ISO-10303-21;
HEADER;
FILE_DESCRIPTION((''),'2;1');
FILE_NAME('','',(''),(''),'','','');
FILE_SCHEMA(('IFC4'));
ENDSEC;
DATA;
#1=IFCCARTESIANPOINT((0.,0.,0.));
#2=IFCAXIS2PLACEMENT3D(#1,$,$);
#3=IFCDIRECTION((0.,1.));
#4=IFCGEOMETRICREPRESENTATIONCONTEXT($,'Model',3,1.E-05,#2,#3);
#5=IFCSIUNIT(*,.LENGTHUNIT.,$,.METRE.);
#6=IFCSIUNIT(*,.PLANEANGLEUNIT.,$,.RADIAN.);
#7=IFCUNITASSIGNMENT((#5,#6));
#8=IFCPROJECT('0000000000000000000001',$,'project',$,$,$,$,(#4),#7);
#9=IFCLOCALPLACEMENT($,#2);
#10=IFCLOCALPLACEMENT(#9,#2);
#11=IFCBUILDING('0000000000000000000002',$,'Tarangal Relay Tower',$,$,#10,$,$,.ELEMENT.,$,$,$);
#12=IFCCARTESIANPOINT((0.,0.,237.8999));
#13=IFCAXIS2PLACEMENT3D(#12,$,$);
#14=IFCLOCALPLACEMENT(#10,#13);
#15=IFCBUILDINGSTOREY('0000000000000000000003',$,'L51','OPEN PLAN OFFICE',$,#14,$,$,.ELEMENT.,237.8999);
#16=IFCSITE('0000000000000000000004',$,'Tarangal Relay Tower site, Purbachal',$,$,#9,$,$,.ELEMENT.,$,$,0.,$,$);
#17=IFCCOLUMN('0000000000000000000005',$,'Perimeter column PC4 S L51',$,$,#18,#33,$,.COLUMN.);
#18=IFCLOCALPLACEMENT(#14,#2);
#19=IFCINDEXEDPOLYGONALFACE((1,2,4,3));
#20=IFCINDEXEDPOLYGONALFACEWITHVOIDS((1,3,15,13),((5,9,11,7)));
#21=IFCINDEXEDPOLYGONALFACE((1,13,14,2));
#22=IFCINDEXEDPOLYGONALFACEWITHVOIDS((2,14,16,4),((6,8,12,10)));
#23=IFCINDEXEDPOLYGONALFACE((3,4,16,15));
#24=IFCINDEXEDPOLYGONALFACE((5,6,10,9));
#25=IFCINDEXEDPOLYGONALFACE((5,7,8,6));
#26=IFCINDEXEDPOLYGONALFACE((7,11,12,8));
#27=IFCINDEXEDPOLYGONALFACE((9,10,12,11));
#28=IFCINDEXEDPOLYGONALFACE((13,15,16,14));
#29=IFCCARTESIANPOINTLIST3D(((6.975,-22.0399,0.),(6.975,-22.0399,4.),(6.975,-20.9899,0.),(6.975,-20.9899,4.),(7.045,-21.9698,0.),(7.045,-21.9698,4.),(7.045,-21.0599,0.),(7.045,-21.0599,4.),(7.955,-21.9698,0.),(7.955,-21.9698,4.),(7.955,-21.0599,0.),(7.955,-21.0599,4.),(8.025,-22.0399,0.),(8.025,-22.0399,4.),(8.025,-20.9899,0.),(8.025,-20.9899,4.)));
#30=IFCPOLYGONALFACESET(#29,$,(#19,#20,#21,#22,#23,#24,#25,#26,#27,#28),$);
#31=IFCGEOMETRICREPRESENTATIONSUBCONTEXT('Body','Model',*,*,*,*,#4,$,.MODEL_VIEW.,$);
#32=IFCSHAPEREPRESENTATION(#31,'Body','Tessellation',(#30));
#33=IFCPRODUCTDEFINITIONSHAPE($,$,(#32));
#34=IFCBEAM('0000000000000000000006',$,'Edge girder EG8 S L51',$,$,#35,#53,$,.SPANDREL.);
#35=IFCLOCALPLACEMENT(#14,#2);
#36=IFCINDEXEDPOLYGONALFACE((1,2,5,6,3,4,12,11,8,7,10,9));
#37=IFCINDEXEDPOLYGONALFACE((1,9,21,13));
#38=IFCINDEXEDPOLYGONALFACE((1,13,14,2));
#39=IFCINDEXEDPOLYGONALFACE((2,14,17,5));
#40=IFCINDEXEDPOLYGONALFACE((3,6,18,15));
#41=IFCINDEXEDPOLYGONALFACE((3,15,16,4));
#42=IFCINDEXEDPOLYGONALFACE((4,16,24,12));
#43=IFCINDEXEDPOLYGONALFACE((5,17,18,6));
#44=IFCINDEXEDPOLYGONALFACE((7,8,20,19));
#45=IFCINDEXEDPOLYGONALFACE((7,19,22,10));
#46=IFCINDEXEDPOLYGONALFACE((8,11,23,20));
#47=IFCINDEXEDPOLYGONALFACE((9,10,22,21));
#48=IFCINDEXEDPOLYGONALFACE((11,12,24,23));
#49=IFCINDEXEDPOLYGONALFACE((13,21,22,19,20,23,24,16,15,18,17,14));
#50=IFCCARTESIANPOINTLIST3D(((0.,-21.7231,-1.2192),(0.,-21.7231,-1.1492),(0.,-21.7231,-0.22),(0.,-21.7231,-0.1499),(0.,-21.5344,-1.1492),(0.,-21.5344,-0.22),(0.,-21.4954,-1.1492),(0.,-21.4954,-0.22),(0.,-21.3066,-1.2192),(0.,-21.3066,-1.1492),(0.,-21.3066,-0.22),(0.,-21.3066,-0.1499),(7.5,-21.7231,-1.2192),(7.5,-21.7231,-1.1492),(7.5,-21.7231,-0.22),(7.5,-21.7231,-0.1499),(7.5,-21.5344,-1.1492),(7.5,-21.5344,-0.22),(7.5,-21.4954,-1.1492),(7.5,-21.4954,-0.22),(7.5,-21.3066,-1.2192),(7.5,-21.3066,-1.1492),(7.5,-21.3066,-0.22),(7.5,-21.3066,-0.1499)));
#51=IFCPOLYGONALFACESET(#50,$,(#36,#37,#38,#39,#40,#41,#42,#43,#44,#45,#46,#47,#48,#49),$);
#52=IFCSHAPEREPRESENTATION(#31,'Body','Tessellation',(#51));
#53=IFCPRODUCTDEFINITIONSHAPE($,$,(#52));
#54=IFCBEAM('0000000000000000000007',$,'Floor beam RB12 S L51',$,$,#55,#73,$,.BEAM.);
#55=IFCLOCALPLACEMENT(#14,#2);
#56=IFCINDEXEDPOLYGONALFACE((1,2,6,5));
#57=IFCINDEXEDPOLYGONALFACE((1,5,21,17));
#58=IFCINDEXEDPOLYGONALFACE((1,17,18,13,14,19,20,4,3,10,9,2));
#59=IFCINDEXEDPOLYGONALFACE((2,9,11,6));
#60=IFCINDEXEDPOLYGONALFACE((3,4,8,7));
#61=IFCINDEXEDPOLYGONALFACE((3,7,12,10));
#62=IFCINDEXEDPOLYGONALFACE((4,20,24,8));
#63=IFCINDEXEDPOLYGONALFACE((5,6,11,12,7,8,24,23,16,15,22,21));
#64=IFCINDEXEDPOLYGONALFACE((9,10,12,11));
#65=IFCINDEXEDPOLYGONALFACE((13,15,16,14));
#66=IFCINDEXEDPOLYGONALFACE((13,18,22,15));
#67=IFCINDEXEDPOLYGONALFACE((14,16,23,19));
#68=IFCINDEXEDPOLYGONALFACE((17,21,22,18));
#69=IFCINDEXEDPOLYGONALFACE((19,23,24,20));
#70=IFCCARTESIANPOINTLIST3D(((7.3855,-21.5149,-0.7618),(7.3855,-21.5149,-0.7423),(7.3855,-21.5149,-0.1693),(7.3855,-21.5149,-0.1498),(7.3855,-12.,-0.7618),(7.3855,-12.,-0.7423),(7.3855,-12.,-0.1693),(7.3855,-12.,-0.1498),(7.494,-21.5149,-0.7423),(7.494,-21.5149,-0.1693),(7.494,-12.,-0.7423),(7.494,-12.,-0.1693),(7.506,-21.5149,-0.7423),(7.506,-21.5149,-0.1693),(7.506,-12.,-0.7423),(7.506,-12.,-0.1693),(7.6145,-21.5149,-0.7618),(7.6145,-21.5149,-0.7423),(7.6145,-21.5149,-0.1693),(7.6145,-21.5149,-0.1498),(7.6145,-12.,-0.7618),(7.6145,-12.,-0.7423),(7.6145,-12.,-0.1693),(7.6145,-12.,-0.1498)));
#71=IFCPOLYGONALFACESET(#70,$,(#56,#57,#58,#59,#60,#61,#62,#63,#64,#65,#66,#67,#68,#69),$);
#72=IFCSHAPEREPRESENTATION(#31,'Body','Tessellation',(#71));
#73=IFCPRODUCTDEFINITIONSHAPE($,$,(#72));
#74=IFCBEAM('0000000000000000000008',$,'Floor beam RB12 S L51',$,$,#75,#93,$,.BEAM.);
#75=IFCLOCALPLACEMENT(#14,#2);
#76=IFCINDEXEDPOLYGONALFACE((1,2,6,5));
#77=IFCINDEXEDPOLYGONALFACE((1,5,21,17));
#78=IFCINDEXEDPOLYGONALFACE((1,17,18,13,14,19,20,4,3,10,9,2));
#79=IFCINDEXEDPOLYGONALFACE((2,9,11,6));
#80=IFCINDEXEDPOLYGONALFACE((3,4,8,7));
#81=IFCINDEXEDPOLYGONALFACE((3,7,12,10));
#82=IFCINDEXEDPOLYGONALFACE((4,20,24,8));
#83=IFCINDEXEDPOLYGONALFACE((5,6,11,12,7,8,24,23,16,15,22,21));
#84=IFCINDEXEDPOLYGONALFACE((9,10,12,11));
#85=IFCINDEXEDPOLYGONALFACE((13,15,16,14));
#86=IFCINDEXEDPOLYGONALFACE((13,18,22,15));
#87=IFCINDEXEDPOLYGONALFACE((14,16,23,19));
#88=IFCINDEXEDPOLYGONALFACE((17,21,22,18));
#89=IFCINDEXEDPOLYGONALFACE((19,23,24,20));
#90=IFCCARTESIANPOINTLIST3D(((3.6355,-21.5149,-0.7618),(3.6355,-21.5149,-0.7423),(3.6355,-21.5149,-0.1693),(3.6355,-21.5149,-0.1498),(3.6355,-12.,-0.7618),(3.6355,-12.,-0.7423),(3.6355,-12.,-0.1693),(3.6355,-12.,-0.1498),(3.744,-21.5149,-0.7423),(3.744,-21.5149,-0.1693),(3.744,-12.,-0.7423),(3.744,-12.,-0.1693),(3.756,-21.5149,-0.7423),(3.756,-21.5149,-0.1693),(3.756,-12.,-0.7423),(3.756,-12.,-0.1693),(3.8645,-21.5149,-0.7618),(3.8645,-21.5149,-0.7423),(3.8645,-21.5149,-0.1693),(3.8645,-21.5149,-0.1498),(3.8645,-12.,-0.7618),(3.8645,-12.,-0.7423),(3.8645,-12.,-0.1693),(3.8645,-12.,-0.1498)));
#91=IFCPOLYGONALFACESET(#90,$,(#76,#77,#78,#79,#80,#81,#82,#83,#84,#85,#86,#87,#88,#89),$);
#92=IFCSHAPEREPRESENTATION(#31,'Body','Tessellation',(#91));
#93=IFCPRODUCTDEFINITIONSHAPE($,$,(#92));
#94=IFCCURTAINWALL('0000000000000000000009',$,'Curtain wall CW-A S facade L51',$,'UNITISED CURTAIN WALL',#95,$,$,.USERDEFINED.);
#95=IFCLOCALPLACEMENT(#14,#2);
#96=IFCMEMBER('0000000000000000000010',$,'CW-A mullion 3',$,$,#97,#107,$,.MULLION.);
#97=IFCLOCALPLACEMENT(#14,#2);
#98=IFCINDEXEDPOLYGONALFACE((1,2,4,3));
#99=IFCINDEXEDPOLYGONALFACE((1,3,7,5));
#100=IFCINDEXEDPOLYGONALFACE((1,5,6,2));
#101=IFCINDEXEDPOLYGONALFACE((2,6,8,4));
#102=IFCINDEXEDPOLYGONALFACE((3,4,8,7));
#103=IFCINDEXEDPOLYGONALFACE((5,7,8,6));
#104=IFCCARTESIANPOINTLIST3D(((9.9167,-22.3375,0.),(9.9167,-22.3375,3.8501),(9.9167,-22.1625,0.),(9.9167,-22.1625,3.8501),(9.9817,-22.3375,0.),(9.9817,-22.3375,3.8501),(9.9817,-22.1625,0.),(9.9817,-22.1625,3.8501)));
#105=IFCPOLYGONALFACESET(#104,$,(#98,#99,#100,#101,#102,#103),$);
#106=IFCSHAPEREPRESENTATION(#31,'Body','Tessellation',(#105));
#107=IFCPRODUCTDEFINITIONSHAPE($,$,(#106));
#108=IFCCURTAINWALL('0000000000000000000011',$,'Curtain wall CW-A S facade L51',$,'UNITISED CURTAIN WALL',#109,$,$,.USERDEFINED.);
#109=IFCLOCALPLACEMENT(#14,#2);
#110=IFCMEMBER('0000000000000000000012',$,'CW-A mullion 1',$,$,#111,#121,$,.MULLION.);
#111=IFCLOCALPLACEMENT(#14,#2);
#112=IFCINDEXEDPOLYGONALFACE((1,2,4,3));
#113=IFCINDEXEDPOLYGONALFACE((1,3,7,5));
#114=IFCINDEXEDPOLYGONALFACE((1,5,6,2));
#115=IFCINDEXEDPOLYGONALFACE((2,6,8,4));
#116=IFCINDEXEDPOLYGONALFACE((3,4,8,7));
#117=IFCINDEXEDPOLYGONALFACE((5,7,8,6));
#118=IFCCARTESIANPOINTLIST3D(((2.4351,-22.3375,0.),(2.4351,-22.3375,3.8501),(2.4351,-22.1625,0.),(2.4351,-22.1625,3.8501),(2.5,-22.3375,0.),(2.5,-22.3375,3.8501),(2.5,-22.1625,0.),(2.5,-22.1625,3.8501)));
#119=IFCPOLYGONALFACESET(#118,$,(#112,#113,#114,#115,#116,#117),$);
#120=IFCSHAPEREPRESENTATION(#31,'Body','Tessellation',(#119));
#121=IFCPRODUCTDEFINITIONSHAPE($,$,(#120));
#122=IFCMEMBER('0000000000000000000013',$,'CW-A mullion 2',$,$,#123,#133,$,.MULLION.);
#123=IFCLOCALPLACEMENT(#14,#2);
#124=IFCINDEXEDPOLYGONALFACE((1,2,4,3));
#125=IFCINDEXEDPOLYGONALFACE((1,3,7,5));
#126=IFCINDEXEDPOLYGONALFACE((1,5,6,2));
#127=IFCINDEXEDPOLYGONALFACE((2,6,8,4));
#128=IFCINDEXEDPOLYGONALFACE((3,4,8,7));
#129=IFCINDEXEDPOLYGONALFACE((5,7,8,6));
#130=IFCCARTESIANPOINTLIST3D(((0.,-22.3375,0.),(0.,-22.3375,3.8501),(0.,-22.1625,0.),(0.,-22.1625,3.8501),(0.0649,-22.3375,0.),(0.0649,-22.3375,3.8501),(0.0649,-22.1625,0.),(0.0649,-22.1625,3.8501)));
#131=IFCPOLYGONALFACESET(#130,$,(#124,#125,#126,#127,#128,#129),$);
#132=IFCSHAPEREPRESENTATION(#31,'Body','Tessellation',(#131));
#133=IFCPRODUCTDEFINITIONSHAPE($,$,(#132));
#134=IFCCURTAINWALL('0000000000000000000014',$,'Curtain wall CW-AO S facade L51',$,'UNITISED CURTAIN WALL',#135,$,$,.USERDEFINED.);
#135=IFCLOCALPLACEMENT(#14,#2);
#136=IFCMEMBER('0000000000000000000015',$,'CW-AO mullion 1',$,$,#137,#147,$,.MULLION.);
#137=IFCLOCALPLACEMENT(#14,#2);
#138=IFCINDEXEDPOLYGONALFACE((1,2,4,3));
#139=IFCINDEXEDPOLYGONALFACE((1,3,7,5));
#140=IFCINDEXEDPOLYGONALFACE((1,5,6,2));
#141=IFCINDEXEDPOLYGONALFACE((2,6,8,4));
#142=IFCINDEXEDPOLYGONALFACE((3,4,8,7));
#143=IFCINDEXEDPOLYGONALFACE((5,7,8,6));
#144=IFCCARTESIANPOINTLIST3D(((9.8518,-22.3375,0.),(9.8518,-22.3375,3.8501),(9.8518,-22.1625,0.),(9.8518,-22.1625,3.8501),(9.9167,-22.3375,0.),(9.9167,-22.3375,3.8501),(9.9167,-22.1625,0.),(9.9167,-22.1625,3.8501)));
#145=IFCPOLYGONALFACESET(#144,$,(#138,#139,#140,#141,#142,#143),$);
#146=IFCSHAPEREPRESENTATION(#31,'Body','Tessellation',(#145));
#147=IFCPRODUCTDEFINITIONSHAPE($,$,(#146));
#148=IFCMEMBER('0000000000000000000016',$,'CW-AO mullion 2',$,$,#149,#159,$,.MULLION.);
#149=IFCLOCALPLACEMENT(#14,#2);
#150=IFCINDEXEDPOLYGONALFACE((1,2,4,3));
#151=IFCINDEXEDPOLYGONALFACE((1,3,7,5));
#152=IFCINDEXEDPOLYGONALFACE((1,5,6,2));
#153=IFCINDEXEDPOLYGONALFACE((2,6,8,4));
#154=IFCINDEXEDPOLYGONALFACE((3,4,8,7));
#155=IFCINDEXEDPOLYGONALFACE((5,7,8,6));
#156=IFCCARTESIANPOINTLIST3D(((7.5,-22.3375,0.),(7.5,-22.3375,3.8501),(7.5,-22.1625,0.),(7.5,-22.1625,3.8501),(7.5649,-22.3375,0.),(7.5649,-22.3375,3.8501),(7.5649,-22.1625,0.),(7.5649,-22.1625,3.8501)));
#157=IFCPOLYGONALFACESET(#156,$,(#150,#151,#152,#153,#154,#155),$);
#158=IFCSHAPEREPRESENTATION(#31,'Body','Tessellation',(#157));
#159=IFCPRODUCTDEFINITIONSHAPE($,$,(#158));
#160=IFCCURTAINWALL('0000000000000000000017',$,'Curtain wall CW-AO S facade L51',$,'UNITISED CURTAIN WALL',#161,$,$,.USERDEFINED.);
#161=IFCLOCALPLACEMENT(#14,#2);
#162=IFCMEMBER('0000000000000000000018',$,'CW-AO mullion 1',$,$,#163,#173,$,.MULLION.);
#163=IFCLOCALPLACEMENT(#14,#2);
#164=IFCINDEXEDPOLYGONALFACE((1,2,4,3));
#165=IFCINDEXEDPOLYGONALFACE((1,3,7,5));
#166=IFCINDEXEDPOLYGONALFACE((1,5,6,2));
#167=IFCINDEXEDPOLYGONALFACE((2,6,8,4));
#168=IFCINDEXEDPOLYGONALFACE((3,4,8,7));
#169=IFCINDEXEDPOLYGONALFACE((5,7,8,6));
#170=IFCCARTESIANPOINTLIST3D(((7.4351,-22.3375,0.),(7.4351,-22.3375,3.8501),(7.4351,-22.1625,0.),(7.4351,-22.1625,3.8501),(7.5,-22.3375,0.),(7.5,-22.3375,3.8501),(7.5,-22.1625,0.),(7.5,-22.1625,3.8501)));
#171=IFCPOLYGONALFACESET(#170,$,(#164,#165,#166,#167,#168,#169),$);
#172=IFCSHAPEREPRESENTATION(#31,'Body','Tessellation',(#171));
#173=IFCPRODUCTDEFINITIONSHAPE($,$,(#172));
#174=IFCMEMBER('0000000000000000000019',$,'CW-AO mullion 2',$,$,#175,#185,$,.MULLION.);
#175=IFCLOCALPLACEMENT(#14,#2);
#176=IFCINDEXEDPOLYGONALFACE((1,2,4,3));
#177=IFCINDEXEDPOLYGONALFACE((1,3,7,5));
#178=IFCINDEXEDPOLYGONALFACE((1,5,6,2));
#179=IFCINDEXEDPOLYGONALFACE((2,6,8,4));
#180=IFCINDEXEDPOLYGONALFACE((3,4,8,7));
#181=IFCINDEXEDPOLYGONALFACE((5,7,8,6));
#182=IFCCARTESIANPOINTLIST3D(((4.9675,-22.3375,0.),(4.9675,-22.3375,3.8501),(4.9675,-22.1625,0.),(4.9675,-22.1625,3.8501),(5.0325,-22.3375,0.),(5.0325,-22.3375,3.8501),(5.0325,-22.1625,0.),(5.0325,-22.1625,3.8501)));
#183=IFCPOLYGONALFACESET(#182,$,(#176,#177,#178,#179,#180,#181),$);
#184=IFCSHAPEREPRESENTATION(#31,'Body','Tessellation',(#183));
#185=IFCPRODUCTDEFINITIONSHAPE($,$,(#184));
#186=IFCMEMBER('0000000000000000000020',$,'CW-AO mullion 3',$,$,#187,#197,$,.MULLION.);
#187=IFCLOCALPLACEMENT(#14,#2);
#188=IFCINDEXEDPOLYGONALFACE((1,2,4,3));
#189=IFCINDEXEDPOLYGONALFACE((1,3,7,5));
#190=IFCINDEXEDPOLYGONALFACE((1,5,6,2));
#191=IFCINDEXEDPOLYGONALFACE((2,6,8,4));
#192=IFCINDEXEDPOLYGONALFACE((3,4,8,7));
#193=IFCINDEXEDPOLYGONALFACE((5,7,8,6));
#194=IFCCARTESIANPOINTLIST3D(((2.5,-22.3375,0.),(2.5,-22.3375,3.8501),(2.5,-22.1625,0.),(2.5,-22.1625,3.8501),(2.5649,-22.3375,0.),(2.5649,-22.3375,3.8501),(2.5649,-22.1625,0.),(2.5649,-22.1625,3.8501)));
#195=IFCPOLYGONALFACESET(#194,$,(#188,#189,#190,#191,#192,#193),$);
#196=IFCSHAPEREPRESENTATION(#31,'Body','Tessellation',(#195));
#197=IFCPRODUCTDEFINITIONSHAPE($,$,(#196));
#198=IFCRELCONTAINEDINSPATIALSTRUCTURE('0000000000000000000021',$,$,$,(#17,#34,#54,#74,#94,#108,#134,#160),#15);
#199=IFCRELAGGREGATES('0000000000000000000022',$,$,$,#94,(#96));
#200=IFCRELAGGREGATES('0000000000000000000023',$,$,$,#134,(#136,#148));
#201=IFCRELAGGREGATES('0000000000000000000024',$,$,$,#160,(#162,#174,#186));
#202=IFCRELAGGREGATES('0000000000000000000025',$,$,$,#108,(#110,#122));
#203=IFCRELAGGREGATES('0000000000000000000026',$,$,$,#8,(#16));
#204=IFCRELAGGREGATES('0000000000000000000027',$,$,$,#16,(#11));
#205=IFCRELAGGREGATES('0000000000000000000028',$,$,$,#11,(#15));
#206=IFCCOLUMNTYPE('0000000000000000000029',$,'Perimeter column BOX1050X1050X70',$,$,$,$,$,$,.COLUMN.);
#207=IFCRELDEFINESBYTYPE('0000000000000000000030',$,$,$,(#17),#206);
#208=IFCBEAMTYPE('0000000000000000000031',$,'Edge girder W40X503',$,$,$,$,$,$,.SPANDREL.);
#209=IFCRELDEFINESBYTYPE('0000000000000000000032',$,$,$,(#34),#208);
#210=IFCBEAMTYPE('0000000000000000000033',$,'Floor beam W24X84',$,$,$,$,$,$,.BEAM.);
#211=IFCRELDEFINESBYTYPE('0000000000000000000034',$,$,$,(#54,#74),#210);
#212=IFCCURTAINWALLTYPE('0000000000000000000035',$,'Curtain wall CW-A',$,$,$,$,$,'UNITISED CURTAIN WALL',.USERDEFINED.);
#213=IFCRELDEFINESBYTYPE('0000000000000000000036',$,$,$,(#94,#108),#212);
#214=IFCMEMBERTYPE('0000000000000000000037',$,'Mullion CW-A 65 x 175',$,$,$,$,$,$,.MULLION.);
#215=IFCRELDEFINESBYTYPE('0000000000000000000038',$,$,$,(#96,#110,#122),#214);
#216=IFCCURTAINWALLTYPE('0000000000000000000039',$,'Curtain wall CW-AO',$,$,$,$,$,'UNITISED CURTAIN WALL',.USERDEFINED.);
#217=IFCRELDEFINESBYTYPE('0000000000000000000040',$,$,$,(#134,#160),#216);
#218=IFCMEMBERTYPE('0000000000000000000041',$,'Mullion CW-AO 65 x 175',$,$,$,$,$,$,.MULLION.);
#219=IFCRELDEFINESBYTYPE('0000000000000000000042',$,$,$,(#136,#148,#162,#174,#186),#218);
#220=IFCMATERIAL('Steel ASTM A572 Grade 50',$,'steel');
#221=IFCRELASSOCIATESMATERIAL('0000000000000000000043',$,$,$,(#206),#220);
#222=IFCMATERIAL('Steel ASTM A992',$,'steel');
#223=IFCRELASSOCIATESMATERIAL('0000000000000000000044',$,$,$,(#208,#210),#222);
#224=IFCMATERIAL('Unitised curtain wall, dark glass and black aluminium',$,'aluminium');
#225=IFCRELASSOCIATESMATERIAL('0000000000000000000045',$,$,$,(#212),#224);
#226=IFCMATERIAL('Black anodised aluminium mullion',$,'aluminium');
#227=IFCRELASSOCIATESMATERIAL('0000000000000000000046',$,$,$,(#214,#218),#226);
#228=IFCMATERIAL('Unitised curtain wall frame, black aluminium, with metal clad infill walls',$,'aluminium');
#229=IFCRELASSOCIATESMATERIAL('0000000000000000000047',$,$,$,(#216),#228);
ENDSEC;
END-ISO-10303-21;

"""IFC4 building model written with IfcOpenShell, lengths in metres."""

from ifc_helpers import new_model, si_unit, direction, frame, origin, origin_2d, place, context, subcontext, project, spatial, rectangle, hollow_rectangle, i_section, extrude, material, material_profile, profile_set, type_object, element, aggregate, save


model = new_model("IFC4")

# Units and contexts
model_context = context("Model", 3, precision=1e-05, world=origin(), true_north=direction((0.0, 1.0)))
body_context = subcontext(model_context, "Body", "Model", "MODEL_VIEW")
ifc_project = project(units=[si_unit("LENGTHUNIT", "METRE"), si_unit("PLANEANGLEUNIT", "RADIAN")], contexts=[model_context])

# Site, building, storey
site_placement = place(None, origin())
site = spatial("IfcSite", under=ifc_project, at=site_placement, Name="Tarangal Relay Tower site, Purbachal", CompositionType="ELEMENT", RefElevation=0.0)
building_placement = place(site_placement, origin())
building = spatial("IfcBuilding", under=site, at=building_placement, Name="Tarangal Relay Tower", CompositionType="ELEMENT")
storey_placement = place(building_placement, frame((0.0, 0.0, 237.8999)))
storey = spatial("IfcBuildingStorey", under=building, at=storey_placement, Name="L51", Description="OPEN PLAN OFFICE", CompositionType="ELEMENT", Elevation=237.8999)

# Column
ifc_material_1 = material(Name="Steel ASTM A572 Grade 50", Category="steel")
ifc_material_profile_1 = material_profile(ifc_material_1, hollow_rectangle(XDim=1.05, YDim=1.05, WallThickness=0.0701, at=origin_2d()), Name="BOX1050X1050X70")
ifc_profile_set_1 = profile_set([ifc_material_profile_1], Name="Steel ASTM A572 Grade 50")
column_type = type_object("IfcColumnType", Name="Perimeter column BOX1050X1050X70", PredefinedType="COLUMN", material=ifc_profile_set_1)
column_placement = place(storey_placement, frame((7.5, -21.5149, 0.0), z_axis=(0.0, 0.0, 1.0), x_axis=(1.0, 0.0, 0.0)))
element("IfcColumn", 1, at=column_placement, inside=storey, type_object=column_type, Name="Perimeter column PC4 S L51", PredefinedType="COLUMN", context=body_context, shape_type="SweptSolid", body=[
    extrude(hollow_rectangle(XDim=1.05, YDim=1.05, WallThickness=0.0701, at=origin_2d()), origin(), (0.0, 0.0, 1.0), 4.0),
])

# Beams
ifc_material_2 = material(Name="Steel ASTM A992", Category="steel")
ifc_material_profile_2 = material_profile(ifc_material_2, i_section(OverallWidth=0.4165, OverallDepth=1.0693, WebThickness=0.0391, FlangeThickness=0.0701, at=origin_2d()), Name="W40X503")
ifc_profile_set_2 = profile_set([ifc_material_profile_2], Name="Steel ASTM A992")
beam_type_1 = type_object("IfcBeamType", Name="Edge girder W40X503", PredefinedType="SPANDREL", material=ifc_profile_set_2)
beam_placement = place(storey_placement, frame((7.5, -21.5149, -0.6846), z_axis=(-1.0, 0.0, 0.0), x_axis=(0.0, -1.0, 0.0)))
element("IfcBeam", 2, at=beam_placement, inside=storey, type_object=beam_type_1, Name="Edge girder EG8 S L51", PredefinedType="SPANDREL", context=body_context, shape_type="SweptSolid", body=[
    extrude(i_section(OverallWidth=0.4165, OverallDepth=1.0693, WebThickness=0.0391, FlangeThickness=0.0701, at=origin_2d()), origin(), (0.0, 0.0, 1.0), 7.5),
])
ifc_material_profile_3 = material_profile(ifc_material_2, i_section(OverallWidth=0.229, OverallDepth=0.6121, WebThickness=0.012, FlangeThickness=0.0195, at=origin_2d()), Name="W24X84")
ifc_profile_set_3 = profile_set([ifc_material_profile_3], Name="Steel ASTM A992")
beam_type_2 = type_object("IfcBeamType", Name="Floor beam W24X84", PredefinedType="BEAM", material=ifc_profile_set_3)
for number, where, z_axis, x_axis, name in (
    (3, (7.5, -12.0, -0.4558), (0.0, -1.0, 0.0), (1.0, 0.0, 0.0), "Floor beam RB12 S L51"),
    (4, (3.75, -12.0, -0.4558), (0.0, -1.0, 0.0), (1.0, 0.0, 0.0), "Floor beam RB12 S L51"),
):
    element("IfcBeam", number, at=place(storey_placement, frame(where, z_axis=z_axis, x_axis=x_axis)), inside=storey, type_object=beam_type_2, Name=name, PredefinedType="BEAM", context=body_context, shape_type="SweptSolid", body=[
        extrude(i_section(OverallWidth=0.229, OverallDepth=0.6121, WebThickness=0.012, FlangeThickness=0.0195, at=origin_2d()), origin(), (0.0, 0.0, 1.0), 9.5149),
    ])

# Curtain wall, member
ifc_material_3 = material(Name="Unitised curtain wall, dark glass and black aluminium", Category="aluminium")
curtain_wall_type_1 = type_object("IfcCurtainWallType", Name="Curtain wall CW-A", ElementType="UNITISED CURTAIN WALL", PredefinedType="USERDEFINED", material=ifc_material_3)
curtain_wall_1_placement = place(storey_placement, origin())
curtain_wall_1 = element("IfcCurtainWall", 5, at=curtain_wall_1_placement, inside=storey, type_object=curtain_wall_type_1, Name="Curtain wall CW-A S facade L51", ObjectType="UNITISED CURTAIN WALL", PredefinedType="USERDEFINED")
ifc_material_4 = material(Name="Black anodised aluminium mullion", Category="aluminium")
ifc_material_profile_4 = material_profile(ifc_material_4, rectangle(XDim=0.175, YDim=0.0649, at=origin_2d()), Name="CW-AM 65X175")
ifc_profile_set_4 = profile_set([ifc_material_profile_4], Name="Black anodised aluminium mullion")
member_type_1 = type_object("IfcMemberType", Name="Mullion CW-A 65 x 175", PredefinedType="MULLION", material=ifc_profile_set_4)
member_1_placement = place(storey_placement, frame((9.9492, -22.25, 0.0), z_axis=(0.0, 0.0, 1.0), x_axis=(0.0, -1.0, 0.0)))
member_1 = element("IfcMember", 6, at=member_1_placement, type_object=member_type_1, Name="CW-A mullion 3", PredefinedType="MULLION", context=body_context, shape_type="SweptSolid", body=[
    extrude(rectangle(XDim=0.175, YDim=0.0649, at=origin_2d()), origin(), (0.0, 0.0, 1.0), 3.8501),
])
aggregate(curtain_wall_1, [member_1])

# Curtain walls, members
curtain_wall_2_placement = place(storey_placement, origin())
curtain_wall_2 = element("IfcCurtainWall", 7, at=curtain_wall_2_placement, inside=storey, type_object=curtain_wall_type_1, Name="Curtain wall CW-A S facade L51", ObjectType="UNITISED CURTAIN WALL", PredefinedType="USERDEFINED")
member_2_placement = place(storey_placement, frame((2.4675, -22.25, 0.0), z_axis=(0.0, 0.0, 1.0), x_axis=(0.0, -1.0, 0.0)))
member_2 = element("IfcMember", 8, at=member_2_placement, type_object=member_type_1, Name="CW-A mullion 1", PredefinedType="MULLION", context=body_context, shape_type="SweptSolid", body=[
    extrude(rectangle(XDim=0.175, YDim=0.0649, at=origin_2d()), origin(), (0.0, 0.0, 1.0), 3.8501),
])
member_3_placement = place(storey_placement, frame((0.0325, -22.25, 0.0), z_axis=(0.0, 0.0, 1.0), x_axis=(0.0, -1.0, 0.0)))
member_3 = element("IfcMember", 9, at=member_3_placement, type_object=member_type_1, Name="CW-A mullion 2", PredefinedType="MULLION", context=body_context, shape_type="SweptSolid", body=[
    extrude(rectangle(XDim=0.175, YDim=0.0649, at=origin_2d()), origin(), (0.0, 0.0, 1.0), 3.8501),
])
ifc_material_5 = material(Name="Unitised curtain wall frame, black aluminium, with metal clad infill walls", Category="aluminium")
curtain_wall_type_2 = type_object("IfcCurtainWallType", Name="Curtain wall CW-AO", ElementType="UNITISED CURTAIN WALL", PredefinedType="USERDEFINED", material=ifc_material_5)
curtain_wall_3_placement = place(storey_placement, origin())
curtain_wall_3 = element("IfcCurtainWall", 10, at=curtain_wall_3_placement, inside=storey, type_object=curtain_wall_type_2, Name="Curtain wall CW-AO S facade L51", ObjectType="UNITISED CURTAIN WALL", PredefinedType="USERDEFINED")
ifc_material_profile_5 = material_profile(ifc_material_4, rectangle(XDim=0.175, YDim=0.0649, at=origin_2d()), Name="CW-AOM 65X175")
ifc_profile_set_5 = profile_set([ifc_material_profile_5], Name="Black anodised aluminium mullion")
member_type_2 = type_object("IfcMemberType", Name="Mullion CW-AO 65 x 175", PredefinedType="MULLION", material=ifc_profile_set_5)
member_4_placement = place(storey_placement, frame((9.8843, -22.25, 0.0), z_axis=(0.0, 0.0, 1.0), x_axis=(0.0, -1.0, 0.0)))
member_4 = element("IfcMember", 11, at=member_4_placement, type_object=member_type_2, Name="CW-AO mullion 1", PredefinedType="MULLION", context=body_context, shape_type="SweptSolid", body=[
    extrude(rectangle(XDim=0.175, YDim=0.0649, at=origin_2d()), origin(), (0.0, 0.0, 1.0), 3.8501),
])
member_5_placement = place(storey_placement, frame((7.5325, -22.25, 0.0), z_axis=(0.0, 0.0, 1.0), x_axis=(0.0, -1.0, 0.0)))
member_5 = element("IfcMember", 12, at=member_5_placement, type_object=member_type_2, Name="CW-AO mullion 2", PredefinedType="MULLION", context=body_context, shape_type="SweptSolid", body=[
    extrude(rectangle(XDim=0.175, YDim=0.0649, at=origin_2d()), origin(), (0.0, 0.0, 1.0), 3.8501),
])
curtain_wall_4_placement = place(storey_placement, origin())
curtain_wall_4 = element("IfcCurtainWall", 13, at=curtain_wall_4_placement, inside=storey, type_object=curtain_wall_type_2, Name="Curtain wall CW-AO S facade L51", ObjectType="UNITISED CURTAIN WALL", PredefinedType="USERDEFINED")
member_6_placement = place(storey_placement, frame((7.4675, -22.25, 0.0), z_axis=(0.0, 0.0, 1.0), x_axis=(0.0, -1.0, 0.0)))
member_6 = element("IfcMember", 14, at=member_6_placement, type_object=member_type_2, Name="CW-AO mullion 1", PredefinedType="MULLION", context=body_context, shape_type="SweptSolid", body=[
    extrude(rectangle(XDim=0.175, YDim=0.0649, at=origin_2d()), origin(), (0.0, 0.0, 1.0), 3.8501),
])
member_7_placement = place(storey_placement, frame((5.0, -22.25, 0.0), z_axis=(0.0, 0.0, 1.0), x_axis=(0.0, -1.0, 0.0)))
member_7 = element("IfcMember", 15, at=member_7_placement, type_object=member_type_2, Name="CW-AO mullion 2", PredefinedType="MULLION", context=body_context, shape_type="SweptSolid", body=[
    extrude(rectangle(XDim=0.175, YDim=0.0649, at=origin_2d()), origin(), (0.0, 0.0, 1.0), 3.8501),
])
member_8_placement = place(storey_placement, frame((2.5325, -22.25, 0.0), z_axis=(0.0, 0.0, 1.0), x_axis=(0.0, -1.0, 0.0)))
member_8 = element("IfcMember", 16, at=member_8_placement, type_object=member_type_2, Name="CW-AO mullion 3", PredefinedType="MULLION", context=body_context, shape_type="SweptSolid", body=[
    extrude(rectangle(XDim=0.175, YDim=0.0649, at=origin_2d()), origin(), (0.0, 0.0, 1.0), 3.8501),
])

aggregate(curtain_wall_3, [member_4, member_5])
aggregate(curtain_wall_4, [member_6, member_7, member_8])

aggregate(curtain_wall_2, [member_2, member_3])

save(model, "model.ifc")
